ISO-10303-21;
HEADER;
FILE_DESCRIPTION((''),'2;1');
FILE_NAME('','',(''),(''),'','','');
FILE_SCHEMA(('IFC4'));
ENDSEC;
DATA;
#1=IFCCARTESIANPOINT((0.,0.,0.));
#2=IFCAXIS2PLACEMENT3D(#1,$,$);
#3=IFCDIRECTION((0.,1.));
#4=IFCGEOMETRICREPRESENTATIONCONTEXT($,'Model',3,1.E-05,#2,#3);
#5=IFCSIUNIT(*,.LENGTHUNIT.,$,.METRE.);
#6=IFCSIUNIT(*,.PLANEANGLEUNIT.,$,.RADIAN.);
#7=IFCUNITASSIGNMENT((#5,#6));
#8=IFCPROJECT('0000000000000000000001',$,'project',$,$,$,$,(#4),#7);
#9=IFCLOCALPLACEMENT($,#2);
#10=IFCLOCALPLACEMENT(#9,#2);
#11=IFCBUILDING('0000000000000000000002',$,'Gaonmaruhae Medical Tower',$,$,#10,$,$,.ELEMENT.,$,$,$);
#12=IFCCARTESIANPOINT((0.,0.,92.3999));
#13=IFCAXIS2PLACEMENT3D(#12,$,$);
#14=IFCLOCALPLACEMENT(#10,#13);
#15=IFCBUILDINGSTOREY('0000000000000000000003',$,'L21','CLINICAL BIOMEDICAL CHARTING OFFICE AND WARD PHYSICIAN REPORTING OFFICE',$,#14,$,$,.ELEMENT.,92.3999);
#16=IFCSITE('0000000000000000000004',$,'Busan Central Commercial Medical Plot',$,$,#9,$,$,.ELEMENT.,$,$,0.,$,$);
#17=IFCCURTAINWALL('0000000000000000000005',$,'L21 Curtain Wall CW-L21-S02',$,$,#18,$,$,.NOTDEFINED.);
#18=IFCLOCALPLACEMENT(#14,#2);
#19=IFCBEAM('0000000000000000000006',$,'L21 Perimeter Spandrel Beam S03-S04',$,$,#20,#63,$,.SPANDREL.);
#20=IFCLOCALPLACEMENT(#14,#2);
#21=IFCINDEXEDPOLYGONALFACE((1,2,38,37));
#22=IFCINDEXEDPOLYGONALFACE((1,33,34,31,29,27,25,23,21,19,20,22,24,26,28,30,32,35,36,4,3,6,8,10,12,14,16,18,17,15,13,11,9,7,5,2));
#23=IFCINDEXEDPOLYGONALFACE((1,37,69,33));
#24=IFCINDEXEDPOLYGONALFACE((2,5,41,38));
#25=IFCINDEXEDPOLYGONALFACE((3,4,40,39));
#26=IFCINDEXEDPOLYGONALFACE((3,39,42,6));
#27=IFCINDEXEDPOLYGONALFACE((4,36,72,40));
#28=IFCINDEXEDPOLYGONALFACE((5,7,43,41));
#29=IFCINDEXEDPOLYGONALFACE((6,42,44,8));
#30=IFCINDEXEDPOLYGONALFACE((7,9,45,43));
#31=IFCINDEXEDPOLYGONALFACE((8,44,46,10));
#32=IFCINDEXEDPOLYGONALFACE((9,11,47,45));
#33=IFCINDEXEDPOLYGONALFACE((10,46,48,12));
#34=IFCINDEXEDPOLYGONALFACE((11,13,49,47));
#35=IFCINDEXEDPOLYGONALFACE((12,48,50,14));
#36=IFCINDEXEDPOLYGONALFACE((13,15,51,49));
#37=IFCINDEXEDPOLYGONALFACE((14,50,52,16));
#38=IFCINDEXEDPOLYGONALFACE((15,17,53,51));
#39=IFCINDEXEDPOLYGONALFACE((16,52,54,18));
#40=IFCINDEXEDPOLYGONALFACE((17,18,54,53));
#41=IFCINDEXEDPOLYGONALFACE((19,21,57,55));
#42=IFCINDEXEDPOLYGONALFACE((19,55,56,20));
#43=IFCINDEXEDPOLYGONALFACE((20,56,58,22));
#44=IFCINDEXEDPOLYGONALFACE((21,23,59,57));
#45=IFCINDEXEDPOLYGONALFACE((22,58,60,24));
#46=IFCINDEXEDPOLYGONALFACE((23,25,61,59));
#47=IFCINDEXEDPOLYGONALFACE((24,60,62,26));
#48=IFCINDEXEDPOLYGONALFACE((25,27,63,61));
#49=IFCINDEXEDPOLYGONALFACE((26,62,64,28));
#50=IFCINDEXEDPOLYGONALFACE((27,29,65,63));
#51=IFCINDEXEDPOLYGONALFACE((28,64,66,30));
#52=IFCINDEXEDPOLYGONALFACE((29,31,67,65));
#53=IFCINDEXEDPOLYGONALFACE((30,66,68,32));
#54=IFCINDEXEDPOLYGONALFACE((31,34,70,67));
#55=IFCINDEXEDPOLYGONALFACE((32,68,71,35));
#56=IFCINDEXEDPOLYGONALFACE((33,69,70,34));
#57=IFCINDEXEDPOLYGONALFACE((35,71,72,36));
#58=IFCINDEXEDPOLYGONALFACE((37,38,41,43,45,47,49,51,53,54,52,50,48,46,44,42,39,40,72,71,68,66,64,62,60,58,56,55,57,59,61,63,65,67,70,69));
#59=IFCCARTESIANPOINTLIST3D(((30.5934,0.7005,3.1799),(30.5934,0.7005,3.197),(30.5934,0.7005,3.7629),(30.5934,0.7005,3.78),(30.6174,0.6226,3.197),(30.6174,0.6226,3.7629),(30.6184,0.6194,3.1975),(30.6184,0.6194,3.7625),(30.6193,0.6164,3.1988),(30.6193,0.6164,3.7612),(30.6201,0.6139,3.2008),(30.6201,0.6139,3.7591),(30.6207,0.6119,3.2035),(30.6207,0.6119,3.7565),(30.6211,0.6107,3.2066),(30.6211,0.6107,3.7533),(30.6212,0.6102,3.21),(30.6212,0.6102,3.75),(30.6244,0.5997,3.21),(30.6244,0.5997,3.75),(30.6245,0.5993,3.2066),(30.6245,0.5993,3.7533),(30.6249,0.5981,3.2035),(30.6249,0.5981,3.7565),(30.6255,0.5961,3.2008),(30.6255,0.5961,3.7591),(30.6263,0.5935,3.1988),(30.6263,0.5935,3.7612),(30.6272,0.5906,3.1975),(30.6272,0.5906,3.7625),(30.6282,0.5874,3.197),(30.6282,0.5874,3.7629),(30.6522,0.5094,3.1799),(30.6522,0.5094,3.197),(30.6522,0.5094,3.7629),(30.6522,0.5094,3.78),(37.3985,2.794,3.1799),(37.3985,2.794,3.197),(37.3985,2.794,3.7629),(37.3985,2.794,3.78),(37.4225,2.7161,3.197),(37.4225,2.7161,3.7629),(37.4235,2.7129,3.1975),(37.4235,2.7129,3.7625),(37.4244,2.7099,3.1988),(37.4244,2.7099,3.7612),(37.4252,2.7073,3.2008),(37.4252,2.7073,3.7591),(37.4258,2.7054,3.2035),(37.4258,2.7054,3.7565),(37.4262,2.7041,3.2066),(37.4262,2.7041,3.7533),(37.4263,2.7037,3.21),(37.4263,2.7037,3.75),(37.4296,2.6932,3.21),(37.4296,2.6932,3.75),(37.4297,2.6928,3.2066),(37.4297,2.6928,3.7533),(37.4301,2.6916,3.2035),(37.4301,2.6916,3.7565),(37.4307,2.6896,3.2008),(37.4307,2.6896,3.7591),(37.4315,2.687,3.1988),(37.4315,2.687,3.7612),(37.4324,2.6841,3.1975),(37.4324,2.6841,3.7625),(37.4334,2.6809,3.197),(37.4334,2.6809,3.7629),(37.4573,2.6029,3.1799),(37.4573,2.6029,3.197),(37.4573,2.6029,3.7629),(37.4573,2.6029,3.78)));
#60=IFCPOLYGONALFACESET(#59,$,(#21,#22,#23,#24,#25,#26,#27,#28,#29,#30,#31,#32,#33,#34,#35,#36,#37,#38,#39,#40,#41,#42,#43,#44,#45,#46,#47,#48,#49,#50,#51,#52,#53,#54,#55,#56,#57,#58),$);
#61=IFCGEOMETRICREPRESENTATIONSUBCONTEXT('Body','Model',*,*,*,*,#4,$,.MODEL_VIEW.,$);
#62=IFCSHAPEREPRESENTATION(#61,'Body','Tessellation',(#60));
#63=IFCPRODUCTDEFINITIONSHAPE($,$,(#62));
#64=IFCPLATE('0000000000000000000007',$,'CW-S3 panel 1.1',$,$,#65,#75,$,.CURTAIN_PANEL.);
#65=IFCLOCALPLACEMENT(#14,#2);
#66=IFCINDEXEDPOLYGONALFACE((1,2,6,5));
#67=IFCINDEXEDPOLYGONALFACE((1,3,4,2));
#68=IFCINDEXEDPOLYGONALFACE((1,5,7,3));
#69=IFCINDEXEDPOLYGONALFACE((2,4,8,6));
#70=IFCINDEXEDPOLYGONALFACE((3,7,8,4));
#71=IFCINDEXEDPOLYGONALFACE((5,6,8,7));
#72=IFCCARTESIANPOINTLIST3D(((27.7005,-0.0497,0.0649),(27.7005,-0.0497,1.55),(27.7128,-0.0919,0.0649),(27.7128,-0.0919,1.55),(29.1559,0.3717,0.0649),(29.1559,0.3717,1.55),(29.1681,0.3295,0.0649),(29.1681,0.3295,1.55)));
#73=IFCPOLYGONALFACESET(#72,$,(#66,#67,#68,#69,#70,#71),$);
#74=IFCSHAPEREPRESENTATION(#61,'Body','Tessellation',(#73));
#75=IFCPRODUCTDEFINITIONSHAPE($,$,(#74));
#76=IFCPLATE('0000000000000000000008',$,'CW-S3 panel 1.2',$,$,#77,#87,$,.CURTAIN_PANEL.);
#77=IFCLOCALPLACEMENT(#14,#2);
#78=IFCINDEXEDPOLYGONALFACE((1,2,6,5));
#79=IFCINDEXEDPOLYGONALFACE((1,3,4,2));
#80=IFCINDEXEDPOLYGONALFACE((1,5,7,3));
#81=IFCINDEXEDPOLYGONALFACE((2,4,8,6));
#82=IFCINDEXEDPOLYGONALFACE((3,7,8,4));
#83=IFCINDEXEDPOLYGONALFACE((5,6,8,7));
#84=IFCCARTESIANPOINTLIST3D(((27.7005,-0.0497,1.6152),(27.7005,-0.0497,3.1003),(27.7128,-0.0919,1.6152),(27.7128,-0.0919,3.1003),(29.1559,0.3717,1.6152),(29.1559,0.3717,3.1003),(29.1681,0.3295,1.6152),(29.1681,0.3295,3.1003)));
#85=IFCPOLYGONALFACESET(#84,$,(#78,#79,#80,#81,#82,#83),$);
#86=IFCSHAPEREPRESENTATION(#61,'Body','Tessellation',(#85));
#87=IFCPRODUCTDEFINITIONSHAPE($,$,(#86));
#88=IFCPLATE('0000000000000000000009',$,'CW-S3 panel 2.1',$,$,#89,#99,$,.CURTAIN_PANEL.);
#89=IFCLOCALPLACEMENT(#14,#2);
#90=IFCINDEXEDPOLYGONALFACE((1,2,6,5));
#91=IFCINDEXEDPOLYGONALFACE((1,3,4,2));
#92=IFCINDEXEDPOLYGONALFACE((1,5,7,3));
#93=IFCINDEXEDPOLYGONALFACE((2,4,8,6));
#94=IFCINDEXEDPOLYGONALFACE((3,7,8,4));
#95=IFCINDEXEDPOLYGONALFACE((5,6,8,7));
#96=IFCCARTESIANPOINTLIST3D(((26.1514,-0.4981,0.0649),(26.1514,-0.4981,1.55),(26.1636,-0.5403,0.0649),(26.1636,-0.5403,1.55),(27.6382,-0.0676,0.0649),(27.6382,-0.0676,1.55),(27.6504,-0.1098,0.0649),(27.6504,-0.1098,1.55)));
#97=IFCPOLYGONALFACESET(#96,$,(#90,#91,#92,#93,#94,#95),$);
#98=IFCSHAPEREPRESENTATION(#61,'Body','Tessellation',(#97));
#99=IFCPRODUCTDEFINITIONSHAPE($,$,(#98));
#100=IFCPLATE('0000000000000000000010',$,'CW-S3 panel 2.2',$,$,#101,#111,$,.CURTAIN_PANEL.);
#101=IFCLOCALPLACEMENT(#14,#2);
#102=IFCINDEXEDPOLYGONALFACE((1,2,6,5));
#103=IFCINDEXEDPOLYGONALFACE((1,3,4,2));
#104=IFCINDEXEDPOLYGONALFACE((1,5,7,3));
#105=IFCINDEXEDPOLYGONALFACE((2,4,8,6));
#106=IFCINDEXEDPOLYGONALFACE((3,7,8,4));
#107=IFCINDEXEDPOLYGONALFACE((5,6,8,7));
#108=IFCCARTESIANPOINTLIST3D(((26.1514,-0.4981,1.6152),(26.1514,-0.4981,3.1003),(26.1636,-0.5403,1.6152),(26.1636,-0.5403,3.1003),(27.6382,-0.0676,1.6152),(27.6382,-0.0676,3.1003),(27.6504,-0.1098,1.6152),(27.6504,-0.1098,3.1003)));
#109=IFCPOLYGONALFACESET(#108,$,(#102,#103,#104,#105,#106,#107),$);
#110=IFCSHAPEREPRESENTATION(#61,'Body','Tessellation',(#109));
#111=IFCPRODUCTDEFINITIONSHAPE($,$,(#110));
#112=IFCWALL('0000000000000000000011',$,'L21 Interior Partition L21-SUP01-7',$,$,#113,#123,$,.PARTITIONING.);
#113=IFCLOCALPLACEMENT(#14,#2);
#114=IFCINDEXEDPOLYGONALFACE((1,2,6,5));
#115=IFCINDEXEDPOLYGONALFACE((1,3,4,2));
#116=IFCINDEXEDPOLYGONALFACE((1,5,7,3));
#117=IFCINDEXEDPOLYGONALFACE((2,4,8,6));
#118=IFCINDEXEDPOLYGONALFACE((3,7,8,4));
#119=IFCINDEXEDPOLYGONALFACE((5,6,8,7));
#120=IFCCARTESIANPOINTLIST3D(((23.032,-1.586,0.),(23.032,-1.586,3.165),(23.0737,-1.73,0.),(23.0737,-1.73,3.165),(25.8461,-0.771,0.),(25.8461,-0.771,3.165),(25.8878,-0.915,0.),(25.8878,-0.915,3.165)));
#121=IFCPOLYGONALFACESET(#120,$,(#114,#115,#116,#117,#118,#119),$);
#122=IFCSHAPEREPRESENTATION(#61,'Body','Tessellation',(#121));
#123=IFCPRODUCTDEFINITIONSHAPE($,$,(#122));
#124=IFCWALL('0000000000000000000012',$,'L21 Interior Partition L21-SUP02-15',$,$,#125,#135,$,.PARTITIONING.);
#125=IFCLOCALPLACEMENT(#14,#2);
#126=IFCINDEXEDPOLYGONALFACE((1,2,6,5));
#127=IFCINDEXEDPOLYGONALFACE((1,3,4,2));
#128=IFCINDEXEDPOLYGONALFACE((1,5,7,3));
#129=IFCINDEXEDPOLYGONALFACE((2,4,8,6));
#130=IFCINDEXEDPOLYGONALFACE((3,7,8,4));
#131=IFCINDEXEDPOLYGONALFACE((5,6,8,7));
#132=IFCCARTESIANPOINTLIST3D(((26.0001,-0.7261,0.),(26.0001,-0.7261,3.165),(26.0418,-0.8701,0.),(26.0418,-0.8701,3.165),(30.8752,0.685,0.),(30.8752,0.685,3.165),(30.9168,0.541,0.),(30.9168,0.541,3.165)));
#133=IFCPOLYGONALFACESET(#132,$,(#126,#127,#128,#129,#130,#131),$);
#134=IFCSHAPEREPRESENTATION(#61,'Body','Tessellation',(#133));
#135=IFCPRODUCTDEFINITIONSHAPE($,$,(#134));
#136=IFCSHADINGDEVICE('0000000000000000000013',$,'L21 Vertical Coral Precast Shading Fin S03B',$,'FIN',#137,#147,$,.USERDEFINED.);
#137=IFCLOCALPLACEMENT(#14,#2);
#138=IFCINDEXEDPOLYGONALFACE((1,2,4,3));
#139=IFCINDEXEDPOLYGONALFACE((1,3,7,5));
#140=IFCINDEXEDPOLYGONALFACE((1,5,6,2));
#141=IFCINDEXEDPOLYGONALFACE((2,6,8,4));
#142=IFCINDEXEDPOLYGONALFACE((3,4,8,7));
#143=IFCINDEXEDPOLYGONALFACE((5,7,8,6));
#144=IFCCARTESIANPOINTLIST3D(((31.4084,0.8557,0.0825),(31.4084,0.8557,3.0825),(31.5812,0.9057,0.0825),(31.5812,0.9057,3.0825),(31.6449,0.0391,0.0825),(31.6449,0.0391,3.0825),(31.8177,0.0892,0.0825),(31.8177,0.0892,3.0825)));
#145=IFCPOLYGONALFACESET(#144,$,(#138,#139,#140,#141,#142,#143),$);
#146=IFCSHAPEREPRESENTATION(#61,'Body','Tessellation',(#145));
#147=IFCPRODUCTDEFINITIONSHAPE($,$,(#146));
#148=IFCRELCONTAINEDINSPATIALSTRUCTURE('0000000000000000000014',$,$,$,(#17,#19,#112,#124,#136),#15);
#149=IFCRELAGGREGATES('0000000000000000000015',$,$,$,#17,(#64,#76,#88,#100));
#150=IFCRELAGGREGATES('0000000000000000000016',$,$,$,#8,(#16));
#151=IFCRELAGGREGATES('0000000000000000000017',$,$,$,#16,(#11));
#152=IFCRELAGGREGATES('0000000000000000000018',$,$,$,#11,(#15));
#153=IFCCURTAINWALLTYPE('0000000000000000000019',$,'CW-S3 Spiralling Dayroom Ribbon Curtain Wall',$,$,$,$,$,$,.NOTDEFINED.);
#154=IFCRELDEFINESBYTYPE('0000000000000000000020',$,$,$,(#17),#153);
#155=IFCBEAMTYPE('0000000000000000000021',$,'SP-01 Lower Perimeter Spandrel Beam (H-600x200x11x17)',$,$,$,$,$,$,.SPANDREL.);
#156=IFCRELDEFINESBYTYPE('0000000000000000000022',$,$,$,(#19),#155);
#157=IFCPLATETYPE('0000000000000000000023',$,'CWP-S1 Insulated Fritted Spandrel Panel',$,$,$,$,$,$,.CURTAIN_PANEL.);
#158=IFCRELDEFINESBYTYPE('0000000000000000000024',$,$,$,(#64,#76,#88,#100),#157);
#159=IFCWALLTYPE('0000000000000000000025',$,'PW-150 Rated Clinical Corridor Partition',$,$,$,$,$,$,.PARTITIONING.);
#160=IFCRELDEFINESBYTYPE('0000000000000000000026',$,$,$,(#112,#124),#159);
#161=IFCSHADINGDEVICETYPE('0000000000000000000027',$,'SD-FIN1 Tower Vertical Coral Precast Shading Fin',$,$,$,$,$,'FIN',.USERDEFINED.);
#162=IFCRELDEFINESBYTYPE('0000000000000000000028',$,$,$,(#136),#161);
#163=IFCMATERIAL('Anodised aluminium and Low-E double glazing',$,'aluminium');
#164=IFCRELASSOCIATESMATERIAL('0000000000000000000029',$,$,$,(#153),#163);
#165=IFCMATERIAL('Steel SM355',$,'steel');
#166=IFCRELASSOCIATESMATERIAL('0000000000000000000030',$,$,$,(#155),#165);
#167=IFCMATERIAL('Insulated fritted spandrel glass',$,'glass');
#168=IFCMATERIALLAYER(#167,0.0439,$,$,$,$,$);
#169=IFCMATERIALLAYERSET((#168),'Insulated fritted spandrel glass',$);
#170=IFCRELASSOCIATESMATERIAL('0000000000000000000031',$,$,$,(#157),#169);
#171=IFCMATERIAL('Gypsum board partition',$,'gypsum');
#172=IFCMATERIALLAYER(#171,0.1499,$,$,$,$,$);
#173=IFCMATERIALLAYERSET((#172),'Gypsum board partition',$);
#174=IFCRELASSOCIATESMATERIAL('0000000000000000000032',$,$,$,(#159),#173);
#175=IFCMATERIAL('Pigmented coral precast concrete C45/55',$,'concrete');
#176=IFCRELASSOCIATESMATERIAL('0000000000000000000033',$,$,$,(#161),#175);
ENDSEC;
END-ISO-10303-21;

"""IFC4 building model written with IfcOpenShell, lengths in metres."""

from ifc_helpers import new_model, si_unit, direction, frame, frame_2d, origin, origin_2d, place, context, subcontext, project, spatial, rectangle, i_section, extrude, material, layer, layer_set, material_profile, profile_set, type_object, element, aggregate, save


model = new_model("IFC4")

# Units and contexts
model_context = context("Model", 3, precision=1e-05, world=origin(), true_north=direction((0.0, 1.0)))
body_context = subcontext(model_context, "Body", "Model", "MODEL_VIEW")
ifc_project = project(units=[si_unit("LENGTHUNIT", "METRE"), si_unit("PLANEANGLEUNIT", "RADIAN")], contexts=[model_context])

# Site, building, storey
site_placement = place(None, origin())
site = spatial("IfcSite", under=ifc_project, at=site_placement, Name="Busan Central Commercial Medical Plot", CompositionType="ELEMENT", RefElevation=0.0)
building_placement = place(site_placement, origin())
building = spatial("IfcBuilding", under=site, at=building_placement, Name="Gaonmaruhae Medical Tower", CompositionType="ELEMENT")
storey_placement = place(building_placement, frame((0.0, 0.0, 92.3999)))
storey = spatial("IfcBuildingStorey", under=building, at=storey_placement, Name="L21", Description="CLINICAL BIOMEDICAL CHARTING OFFICE AND WARD PHYSICIAN REPORTING OFFICE", CompositionType="ELEMENT", Elevation=92.3999)

# Curtain wall
ifc_material_1 = material(Name="Anodised aluminium and Low-E double glazing", Category="aluminium")
curtain_wall_type = type_object("IfcCurtainWallType", Name="CW-S3 Spiralling Dayroom Ribbon Curtain Wall", PredefinedType="NOTDEFINED", material=ifc_material_1)
curtain_wall_placement = place(storey_placement, origin())
curtain_wall = element("IfcCurtainWall", 1, at=curtain_wall_placement, inside=storey, type_object=curtain_wall_type, Name="L21 Curtain Wall CW-L21-S02", PredefinedType="NOTDEFINED")

# Beam
ifc_material_2 = material(Name="Steel SM355", Category="steel")
ifc_material_profile_1 = material_profile(ifc_material_2, i_section(OverallWidth=0.2, OverallDepth=0.6001, WebThickness=0.011, FlangeThickness=0.0171, FilletRadius=0.0129, at=origin_2d()), Name="H-600x200x11x17")
ifc_profile_set_1 = profile_set([ifc_material_profile_1], Name="Steel SM355")
beam_type = type_object("IfcBeamType", Name="SP-01 Lower Perimeter Spandrel Beam (H-600x200x11x17)", PredefinedType="SPANDREL", material=ifc_profile_set_1)
beam_placement = place(storey_placement, frame((30.6228, 0.605, 3.48), z_axis=(0.955795, 0.294035, 0.0), x_axis=(-0.294035, 0.955795, 0.0)))
element("IfcBeam", 2, at=beam_placement, inside=storey, type_object=beam_type, Name="L21 Perimeter Spandrel Beam S03-S04", PredefinedType="SPANDREL", context=body_context, shape_type="SweptSolid", body=[
    extrude(i_section(OverallWidth=0.2, OverallDepth=0.6001, WebThickness=0.011, FlangeThickness=0.0171, FilletRadius=0.0129, at=origin_2d()), origin(), (0.0, 0.0, 1.0), 7.1199),
])

# Plates
ifc_material_3 = material(Name="Insulated fritted spandrel glass", Category="glass")
ifc_layer_1 = layer(ifc_material_3, 0.0439)
ifc_layer_set_1 = layer_set([ifc_layer_1], Name="Insulated fritted spandrel glass")
plate_type = type_object("IfcPlateType", Name="CWP-S1 Insulated Fritted Spandrel Panel", PredefinedType="CURTAIN_PANEL", material=ifc_layer_set_1)
plate_1_placement = place(storey_placement, frame((28.4343, 0.1399, 0.0649), z_axis=(0.0, 0.0, 1.0), x_axis=(-0.960541, -0.27814, 0.0)))
plate_1 = element("IfcPlate", 3, at=plate_1_placement, type_object=plate_type, Name="CW-S3 panel 1.1", PredefinedType="CURTAIN_PANEL", context=body_context, shape_type="SweptSolid", body=[
    extrude(rectangle(XDim=1.5151, YDim=0.0439, at=origin_2d()), origin(), (0.0, 0.0, 1.0), 1.4851),
])
plate_2_placement = place(storey_placement, frame((28.4343, 0.1399, 1.6152), z_axis=(0.0, 0.0, 1.0), x_axis=(-0.960541, -0.27814, 0.0)))
plate_2 = element("IfcPlate", 4, at=plate_2_placement, type_object=plate_type, Name="CW-S3 panel 1.2", PredefinedType="CURTAIN_PANEL", context=body_context, shape_type="SweptSolid", body=[
    extrude(rectangle(XDim=1.5151, YDim=0.0439, at=origin_2d()), origin(), (0.0, 0.0, 1.0), 1.4851),
])
plate_3_placement = place(storey_placement, frame((26.9009, -0.304, 0.0649), z_axis=(0.0, 0.0, 1.0), x_axis=(-0.960541, -0.27814, 0.0)))
plate_3 = element("IfcPlate", 5, at=plate_3_placement, type_object=plate_type, Name="CW-S3 panel 2.1", PredefinedType="CURTAIN_PANEL", context=body_context, shape_type="SweptSolid", body=[
    extrude(rectangle(XDim=1.5479, YDim=0.0439, at=origin_2d()), origin(), (0.0, 0.0, 1.0), 1.4851),
])
plate_4_placement = place(storey_placement, frame((26.9009, -0.304, 1.6152), z_axis=(0.0, 0.0, 1.0), x_axis=(-0.960541, -0.27814, 0.0)))
plate_4 = element("IfcPlate", 6, at=plate_4_placement, type_object=plate_type, Name="CW-S3 panel 2.2", PredefinedType="CURTAIN_PANEL", context=body_context, shape_type="SweptSolid", body=[
    extrude(rectangle(XDim=1.5479, YDim=0.0439, at=origin_2d()), origin(), (0.0, 0.0, 1.0), 1.4851),
])
aggregate(curtain_wall, [plate_1, plate_2, plate_3, plate_4])

# Walls
ifc_material_4 = material(Name="Gypsum board partition", Category="gypsum")
ifc_layer_2 = layer(ifc_material_4, 0.1499)
ifc_layer_set_2 = layer_set([ifc_layer_2], Name="Gypsum board partition")
wall_type = type_object("IfcWallType", Name="PW-150 Rated Clinical Corridor Partition", PredefinedType="PARTITIONING", material=ifc_layer_set_2)
wall_1_placement = place(storey_placement, frame((25.8669, -0.843, 0.0), z_axis=(0.0, 0.0, 1.0), x_axis=(-0.96053, -0.278175, 0.0)))
element("IfcWall", 7, at=wall_1_placement, inside=storey, type_object=wall_type, Name="L21 Interior Partition L21-SUP01-7", PredefinedType="PARTITIONING", context=body_context, shape_type="SweptSolid", body=[
    extrude(rectangle(XDim=2.9297, YDim=0.1499, at=frame_2d((1.4648, 0.0))), origin(), (0.0, 0.0, 1.0), 3.165),
])
wall_2_placement = place(storey_placement, frame((30.896, 0.613, 0.0), z_axis=(0.0, 0.0, 1.0), x_axis=(-0.960567, -0.278049, 0.0)))
element("IfcWall", 8, at=wall_2_placement, inside=storey, type_object=wall_type, Name="L21 Interior Partition L21-SUP02-15", PredefinedType="PARTITIONING", context=body_context, shape_type="SweptSolid", body=[
    extrude(rectangle(XDim=5.0752, YDim=0.1499, at=frame_2d((2.5376, 0.0))), origin(), (0.0, 0.0, 1.0), 3.165),
])

# Shading device
ifc_material_5 = material(Name="Pigmented coral precast concrete C45/55", Category="concrete")
shading_device_type = type_object("IfcShadingDeviceType", Name="SD-FIN1 Tower Vertical Coral Precast Shading Fin", ElementType="FIN", PredefinedType="USERDEFINED", material=ifc_material_5)
shading_device_placement = place(storey_placement, frame((31.613, 0.4724, 0.0825), z_axis=(0.0, 0.0, 1.0), x_axis=(-0.960537, -0.278153, 0.0)))
element("IfcShadingDevice", 9, at=shading_device_placement, inside=storey, type_object=shading_device_type, Name="L21 Vertical Coral Precast Shading Fin S03B", ObjectType="FIN", PredefinedType="USERDEFINED", context=body_context, shape_type="SweptSolid", body=[
    extrude(rectangle(XDim=0.1799, YDim=0.8501, at=origin_2d()), origin(), (0.0, 0.0, 1.0), 3.0),
])

save(model, "model.ifc")
